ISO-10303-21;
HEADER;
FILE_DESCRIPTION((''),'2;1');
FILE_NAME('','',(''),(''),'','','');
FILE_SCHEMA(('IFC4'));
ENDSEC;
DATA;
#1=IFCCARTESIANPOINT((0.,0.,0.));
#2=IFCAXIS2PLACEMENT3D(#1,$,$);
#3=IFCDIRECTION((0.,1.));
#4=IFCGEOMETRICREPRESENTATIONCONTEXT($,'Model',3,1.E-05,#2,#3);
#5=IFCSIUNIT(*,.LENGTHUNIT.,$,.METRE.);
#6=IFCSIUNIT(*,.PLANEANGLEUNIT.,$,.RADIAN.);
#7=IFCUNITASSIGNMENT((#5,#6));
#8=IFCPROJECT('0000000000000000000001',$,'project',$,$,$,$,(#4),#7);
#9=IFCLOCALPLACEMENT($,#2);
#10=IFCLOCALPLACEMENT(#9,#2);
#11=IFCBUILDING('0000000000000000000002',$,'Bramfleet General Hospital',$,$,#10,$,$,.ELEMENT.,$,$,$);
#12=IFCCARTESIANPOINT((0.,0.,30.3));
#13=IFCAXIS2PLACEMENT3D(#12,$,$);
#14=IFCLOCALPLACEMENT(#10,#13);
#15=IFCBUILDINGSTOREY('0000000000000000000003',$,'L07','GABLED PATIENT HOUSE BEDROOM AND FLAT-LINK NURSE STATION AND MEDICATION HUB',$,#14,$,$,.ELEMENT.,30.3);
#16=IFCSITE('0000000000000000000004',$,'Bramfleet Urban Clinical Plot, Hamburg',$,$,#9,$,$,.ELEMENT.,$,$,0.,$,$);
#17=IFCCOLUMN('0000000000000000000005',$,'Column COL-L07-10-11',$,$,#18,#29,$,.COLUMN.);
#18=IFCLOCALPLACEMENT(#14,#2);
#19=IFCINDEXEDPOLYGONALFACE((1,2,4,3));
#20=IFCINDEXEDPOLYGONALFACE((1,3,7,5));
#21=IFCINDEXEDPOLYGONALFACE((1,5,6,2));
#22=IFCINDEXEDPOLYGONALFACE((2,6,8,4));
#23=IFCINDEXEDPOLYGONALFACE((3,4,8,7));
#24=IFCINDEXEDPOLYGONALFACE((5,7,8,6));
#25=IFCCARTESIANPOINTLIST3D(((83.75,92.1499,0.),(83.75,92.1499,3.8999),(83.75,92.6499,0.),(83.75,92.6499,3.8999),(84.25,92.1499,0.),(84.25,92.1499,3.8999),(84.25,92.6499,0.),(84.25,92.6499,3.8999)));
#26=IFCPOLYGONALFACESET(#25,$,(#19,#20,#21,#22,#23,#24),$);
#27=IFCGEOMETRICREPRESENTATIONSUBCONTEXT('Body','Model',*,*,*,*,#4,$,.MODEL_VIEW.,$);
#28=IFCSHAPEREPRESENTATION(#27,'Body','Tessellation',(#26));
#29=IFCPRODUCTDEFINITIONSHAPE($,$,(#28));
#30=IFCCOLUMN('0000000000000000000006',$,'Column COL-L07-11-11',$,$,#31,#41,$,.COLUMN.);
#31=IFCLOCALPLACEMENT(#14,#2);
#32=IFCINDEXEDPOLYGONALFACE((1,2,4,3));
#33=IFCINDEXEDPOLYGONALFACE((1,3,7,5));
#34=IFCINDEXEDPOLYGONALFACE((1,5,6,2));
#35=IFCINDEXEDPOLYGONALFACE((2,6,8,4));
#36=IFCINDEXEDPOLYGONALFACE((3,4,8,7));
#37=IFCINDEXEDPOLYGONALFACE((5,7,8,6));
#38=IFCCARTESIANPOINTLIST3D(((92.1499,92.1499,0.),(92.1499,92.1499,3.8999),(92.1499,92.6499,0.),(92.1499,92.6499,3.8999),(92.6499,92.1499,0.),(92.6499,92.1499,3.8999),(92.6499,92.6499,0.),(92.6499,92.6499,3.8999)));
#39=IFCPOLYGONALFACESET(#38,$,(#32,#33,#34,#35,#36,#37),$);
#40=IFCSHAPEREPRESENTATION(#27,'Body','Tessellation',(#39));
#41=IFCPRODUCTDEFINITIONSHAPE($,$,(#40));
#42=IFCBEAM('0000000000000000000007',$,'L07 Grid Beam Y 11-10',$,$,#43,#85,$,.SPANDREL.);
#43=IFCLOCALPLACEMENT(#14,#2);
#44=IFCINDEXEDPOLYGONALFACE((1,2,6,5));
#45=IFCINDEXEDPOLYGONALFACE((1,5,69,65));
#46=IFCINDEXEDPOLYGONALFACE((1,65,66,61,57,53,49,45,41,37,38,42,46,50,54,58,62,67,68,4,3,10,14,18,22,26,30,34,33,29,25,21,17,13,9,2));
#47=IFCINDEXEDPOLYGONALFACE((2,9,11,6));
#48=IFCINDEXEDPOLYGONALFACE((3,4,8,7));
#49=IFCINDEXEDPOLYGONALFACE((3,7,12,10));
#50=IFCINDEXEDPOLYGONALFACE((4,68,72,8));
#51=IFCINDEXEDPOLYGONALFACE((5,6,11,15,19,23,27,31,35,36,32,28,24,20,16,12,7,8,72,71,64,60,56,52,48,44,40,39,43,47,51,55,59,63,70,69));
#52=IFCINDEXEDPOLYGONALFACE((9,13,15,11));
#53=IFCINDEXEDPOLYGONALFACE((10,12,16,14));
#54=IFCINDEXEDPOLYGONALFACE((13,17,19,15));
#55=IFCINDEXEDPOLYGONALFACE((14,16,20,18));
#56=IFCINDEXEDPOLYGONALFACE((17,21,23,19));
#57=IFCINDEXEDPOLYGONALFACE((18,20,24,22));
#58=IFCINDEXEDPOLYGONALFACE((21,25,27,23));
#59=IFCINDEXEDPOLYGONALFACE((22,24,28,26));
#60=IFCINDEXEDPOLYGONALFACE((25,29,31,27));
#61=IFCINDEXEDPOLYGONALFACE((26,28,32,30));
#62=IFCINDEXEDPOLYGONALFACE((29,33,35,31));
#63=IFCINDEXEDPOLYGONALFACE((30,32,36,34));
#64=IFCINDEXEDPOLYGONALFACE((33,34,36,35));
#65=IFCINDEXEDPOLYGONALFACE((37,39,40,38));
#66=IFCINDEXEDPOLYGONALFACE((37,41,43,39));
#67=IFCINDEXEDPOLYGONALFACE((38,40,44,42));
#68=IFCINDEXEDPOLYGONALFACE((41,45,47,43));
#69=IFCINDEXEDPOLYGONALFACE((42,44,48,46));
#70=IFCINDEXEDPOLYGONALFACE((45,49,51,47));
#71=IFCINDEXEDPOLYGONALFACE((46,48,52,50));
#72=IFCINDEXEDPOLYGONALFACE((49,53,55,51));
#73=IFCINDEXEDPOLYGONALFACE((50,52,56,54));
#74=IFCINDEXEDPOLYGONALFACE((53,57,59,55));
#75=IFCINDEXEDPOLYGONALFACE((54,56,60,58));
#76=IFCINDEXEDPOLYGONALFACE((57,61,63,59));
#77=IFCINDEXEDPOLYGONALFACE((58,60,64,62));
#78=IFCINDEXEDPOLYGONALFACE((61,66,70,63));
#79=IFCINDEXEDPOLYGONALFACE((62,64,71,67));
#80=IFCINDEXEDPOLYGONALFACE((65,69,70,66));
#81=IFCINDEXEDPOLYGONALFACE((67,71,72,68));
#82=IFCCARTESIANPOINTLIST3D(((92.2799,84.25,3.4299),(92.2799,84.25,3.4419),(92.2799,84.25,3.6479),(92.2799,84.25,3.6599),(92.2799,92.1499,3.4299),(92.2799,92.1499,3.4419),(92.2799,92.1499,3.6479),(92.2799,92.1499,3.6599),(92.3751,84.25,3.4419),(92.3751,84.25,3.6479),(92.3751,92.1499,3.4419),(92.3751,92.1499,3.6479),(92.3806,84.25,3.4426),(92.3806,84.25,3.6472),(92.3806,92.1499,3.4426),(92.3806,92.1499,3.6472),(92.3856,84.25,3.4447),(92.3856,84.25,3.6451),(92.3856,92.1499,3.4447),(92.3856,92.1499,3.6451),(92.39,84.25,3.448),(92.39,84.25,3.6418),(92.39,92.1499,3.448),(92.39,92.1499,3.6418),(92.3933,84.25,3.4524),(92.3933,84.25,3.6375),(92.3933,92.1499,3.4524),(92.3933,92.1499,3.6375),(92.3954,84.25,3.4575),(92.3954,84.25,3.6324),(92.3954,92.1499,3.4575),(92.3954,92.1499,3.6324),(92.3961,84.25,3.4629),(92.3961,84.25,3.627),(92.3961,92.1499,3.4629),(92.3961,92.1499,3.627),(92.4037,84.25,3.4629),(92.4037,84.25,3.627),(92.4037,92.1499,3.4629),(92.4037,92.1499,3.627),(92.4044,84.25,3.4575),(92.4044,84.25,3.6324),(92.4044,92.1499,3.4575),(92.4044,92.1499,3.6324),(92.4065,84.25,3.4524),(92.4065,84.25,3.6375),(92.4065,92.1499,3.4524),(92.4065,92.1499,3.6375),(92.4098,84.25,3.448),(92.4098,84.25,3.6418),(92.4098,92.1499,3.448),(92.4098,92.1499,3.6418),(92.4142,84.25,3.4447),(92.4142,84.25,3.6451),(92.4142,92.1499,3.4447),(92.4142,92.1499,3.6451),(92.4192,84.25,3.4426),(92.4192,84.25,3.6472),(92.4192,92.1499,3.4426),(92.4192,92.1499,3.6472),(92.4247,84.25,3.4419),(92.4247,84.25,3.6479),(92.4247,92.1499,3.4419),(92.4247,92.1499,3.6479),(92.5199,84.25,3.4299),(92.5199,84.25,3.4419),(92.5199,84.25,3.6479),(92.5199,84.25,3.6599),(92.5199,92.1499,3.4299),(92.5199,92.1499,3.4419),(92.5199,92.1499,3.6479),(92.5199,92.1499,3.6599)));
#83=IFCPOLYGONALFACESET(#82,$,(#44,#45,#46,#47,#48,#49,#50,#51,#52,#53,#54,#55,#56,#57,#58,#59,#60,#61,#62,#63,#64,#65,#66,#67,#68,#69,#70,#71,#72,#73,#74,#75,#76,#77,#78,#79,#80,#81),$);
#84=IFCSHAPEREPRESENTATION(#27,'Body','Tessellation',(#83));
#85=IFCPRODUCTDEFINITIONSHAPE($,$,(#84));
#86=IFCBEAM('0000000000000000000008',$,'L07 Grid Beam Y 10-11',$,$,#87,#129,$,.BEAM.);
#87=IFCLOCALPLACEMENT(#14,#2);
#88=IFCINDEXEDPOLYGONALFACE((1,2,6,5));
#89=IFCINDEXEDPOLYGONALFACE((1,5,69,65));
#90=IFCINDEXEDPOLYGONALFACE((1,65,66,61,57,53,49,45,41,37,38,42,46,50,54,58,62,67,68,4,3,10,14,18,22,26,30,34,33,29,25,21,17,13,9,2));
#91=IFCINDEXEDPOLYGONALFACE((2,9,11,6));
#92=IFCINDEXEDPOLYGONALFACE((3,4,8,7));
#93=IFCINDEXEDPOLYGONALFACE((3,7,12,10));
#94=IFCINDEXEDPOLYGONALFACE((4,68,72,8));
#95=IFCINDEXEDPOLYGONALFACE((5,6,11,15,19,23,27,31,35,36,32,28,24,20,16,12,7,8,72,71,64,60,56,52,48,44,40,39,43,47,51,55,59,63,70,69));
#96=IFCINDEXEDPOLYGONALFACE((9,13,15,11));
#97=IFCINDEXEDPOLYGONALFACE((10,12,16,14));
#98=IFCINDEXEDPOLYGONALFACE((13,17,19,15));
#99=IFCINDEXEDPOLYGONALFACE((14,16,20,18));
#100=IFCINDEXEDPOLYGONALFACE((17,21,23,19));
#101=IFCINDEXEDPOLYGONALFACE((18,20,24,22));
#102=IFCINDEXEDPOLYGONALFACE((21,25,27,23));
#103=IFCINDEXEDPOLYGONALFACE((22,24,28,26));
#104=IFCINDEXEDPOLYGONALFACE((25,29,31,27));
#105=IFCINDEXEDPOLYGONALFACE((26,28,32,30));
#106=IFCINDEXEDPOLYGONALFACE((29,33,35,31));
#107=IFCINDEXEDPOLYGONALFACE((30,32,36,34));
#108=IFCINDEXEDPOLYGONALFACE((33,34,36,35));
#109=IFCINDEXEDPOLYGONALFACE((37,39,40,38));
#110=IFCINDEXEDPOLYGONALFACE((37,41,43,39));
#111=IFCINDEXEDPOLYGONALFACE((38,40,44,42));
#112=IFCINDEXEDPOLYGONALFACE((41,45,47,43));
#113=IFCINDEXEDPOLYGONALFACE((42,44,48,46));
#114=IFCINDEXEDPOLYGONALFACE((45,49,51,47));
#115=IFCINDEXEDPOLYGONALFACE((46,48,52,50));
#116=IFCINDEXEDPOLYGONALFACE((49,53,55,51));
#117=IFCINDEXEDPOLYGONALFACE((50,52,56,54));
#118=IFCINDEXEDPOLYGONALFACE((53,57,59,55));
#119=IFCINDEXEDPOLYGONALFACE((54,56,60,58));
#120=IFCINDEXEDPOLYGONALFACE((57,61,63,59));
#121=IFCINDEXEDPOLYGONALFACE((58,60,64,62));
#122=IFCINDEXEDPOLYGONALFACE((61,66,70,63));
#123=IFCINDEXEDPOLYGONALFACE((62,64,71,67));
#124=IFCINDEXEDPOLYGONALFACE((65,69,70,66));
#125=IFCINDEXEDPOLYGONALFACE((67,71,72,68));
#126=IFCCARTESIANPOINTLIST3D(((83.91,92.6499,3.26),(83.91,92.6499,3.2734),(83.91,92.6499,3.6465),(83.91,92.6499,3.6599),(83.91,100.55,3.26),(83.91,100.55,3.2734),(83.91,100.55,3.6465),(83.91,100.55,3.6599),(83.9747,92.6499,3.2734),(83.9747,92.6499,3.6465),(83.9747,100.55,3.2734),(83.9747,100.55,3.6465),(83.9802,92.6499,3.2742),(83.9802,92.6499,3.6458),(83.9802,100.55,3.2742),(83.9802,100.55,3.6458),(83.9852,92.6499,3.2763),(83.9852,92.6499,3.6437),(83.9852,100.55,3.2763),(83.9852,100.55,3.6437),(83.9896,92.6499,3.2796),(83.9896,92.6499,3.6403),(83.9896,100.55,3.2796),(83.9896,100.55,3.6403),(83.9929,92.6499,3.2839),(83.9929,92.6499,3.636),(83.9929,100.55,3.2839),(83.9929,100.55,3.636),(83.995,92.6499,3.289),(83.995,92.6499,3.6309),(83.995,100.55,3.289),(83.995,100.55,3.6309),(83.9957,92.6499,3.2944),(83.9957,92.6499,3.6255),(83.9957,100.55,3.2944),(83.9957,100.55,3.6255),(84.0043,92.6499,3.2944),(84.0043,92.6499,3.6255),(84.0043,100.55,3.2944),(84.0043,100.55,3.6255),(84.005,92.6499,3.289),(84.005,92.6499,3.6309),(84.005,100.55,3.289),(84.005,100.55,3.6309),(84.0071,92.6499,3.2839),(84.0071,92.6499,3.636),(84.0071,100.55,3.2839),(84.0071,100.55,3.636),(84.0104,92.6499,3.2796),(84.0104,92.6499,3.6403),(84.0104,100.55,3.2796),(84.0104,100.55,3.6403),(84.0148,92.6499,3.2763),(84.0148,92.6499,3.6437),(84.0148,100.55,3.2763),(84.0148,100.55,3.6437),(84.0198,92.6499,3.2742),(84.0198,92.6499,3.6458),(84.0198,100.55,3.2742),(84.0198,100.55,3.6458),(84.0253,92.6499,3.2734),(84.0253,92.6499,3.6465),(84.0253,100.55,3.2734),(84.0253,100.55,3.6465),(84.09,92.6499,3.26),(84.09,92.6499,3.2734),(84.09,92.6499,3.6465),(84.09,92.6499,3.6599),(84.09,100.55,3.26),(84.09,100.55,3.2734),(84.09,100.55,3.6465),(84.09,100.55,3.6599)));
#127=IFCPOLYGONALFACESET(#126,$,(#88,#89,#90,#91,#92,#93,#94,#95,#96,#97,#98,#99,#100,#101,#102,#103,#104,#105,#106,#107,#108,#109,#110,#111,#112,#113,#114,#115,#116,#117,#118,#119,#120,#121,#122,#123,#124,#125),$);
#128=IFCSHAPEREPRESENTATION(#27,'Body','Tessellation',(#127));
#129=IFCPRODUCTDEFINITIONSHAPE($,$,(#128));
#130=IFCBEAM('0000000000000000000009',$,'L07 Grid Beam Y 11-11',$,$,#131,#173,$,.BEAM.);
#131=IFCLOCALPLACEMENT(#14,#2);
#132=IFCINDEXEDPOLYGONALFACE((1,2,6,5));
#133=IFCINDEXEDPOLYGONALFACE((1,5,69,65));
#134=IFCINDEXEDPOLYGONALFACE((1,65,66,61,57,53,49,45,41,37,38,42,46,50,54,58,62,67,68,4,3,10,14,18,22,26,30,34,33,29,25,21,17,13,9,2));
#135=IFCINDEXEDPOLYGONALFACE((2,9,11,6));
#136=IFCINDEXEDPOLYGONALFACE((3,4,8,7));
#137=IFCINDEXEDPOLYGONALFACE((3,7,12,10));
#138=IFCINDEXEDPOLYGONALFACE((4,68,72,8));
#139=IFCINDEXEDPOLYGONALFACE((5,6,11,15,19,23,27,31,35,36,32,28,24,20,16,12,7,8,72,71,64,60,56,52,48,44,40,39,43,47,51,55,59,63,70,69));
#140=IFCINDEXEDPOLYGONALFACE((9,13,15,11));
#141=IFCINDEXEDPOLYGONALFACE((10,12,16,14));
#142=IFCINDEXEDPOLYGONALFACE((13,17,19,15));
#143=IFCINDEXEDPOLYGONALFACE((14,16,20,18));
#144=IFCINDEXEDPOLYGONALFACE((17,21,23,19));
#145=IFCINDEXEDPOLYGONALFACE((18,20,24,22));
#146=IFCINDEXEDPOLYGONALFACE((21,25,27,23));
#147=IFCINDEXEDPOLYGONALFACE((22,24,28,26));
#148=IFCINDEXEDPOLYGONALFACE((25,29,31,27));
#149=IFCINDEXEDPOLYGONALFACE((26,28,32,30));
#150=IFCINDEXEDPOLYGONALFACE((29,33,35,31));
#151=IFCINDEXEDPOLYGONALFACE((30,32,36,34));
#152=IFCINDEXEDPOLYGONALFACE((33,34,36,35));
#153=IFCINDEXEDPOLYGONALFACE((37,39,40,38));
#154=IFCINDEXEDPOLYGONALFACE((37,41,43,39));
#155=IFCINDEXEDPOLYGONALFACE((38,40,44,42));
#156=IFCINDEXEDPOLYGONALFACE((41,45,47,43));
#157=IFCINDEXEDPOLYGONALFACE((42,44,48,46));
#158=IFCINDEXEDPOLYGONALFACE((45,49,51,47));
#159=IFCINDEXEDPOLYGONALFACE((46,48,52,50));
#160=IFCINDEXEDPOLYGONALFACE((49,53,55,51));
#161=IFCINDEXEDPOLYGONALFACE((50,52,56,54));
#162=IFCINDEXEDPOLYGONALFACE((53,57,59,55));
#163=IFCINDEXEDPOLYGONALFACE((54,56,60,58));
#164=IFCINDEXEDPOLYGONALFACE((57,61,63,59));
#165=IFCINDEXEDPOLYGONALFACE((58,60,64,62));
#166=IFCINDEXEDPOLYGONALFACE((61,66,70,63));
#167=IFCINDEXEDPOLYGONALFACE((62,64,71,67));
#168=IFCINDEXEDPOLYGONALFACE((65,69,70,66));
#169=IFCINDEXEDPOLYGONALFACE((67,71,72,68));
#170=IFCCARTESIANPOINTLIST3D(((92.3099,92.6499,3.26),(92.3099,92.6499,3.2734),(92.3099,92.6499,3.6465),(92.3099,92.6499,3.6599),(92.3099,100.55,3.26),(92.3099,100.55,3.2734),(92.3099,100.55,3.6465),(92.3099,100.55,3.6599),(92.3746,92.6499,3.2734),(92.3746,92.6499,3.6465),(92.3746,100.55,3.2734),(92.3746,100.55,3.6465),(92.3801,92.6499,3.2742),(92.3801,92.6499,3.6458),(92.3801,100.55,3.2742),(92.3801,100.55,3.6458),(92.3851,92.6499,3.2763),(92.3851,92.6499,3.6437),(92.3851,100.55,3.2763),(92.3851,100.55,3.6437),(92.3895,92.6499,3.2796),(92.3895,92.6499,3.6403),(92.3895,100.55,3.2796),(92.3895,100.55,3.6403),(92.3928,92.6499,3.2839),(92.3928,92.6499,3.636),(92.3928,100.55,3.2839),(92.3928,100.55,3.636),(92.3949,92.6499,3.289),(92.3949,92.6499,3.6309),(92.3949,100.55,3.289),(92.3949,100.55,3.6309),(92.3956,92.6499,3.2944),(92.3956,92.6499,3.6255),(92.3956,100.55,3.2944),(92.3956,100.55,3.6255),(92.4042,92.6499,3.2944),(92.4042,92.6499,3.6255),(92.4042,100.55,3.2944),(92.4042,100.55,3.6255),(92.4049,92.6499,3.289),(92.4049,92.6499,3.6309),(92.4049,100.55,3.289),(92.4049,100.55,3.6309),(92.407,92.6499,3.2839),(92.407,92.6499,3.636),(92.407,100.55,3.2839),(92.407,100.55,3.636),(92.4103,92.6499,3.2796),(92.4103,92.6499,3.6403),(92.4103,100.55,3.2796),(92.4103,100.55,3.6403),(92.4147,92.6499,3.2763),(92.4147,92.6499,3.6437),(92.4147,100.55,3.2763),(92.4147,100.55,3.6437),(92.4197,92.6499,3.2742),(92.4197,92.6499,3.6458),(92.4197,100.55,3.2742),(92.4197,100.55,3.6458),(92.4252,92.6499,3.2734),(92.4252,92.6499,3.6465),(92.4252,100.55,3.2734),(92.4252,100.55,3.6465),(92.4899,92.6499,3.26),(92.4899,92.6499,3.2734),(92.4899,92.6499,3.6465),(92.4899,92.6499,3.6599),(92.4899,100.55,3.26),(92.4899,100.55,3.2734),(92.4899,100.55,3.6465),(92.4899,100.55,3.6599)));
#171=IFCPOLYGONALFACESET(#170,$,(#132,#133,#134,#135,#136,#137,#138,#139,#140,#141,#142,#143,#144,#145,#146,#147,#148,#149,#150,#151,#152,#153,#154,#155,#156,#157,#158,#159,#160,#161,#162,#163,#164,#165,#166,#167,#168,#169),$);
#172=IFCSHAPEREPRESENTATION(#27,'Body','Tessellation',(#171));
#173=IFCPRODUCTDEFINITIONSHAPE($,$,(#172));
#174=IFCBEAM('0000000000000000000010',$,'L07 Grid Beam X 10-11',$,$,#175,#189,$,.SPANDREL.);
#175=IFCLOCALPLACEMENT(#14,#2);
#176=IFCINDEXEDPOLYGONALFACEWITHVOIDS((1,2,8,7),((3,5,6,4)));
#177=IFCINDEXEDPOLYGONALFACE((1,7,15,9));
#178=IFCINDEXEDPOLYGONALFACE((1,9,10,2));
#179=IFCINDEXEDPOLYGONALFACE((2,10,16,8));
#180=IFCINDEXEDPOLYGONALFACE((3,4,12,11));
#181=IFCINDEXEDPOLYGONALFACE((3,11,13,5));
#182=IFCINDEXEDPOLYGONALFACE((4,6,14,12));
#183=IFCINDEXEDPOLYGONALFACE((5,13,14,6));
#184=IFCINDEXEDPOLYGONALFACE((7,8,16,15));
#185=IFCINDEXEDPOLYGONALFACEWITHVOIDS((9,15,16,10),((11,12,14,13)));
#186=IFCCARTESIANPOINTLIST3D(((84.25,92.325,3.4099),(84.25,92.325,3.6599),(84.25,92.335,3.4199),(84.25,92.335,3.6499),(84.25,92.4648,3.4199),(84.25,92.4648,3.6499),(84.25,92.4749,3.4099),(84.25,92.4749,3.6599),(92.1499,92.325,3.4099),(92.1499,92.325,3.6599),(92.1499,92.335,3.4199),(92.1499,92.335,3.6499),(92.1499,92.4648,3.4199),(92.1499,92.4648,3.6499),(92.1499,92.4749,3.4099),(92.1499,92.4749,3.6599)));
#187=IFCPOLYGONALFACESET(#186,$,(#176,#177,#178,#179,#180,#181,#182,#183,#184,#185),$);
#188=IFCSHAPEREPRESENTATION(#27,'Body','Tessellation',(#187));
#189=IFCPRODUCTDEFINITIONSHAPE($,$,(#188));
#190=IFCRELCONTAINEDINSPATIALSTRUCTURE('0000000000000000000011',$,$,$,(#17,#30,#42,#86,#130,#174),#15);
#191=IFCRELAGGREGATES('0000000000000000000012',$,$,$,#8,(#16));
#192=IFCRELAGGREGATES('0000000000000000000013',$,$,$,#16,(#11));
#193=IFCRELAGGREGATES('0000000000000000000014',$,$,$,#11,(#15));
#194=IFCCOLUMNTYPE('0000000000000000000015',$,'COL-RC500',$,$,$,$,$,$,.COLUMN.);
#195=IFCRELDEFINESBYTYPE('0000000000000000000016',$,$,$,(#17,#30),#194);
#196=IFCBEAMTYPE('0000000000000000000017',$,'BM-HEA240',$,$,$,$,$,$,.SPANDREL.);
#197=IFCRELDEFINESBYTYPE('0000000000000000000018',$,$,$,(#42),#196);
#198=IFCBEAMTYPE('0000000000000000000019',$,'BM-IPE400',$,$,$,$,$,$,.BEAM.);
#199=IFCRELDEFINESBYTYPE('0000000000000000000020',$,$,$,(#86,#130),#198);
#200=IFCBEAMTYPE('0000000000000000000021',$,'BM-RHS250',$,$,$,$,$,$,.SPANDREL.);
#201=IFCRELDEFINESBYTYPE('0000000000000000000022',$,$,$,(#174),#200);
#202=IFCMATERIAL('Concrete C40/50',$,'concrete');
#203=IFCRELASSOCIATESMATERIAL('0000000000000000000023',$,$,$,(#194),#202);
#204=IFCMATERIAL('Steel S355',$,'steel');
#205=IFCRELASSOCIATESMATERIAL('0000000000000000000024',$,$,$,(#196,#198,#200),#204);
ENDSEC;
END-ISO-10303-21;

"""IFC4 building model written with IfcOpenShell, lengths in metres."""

from ifc_helpers import new_model, si_unit, direction, frame, origin, origin_2d, place, context, subcontext, project, spatial, rectangle, hollow_rectangle, i_section, extrude, material, material_profile, profile_set, type_object, element, save


model = new_model("IFC4")

# Units and contexts
model_context = context("Model", 3, precision=1e-05, world=origin(), true_north=direction((0.0, 1.0)))
body_context = subcontext(model_context, "Body", "Model", "MODEL_VIEW")
ifc_project = project(units=[si_unit("LENGTHUNIT", "METRE"), si_unit("PLANEANGLEUNIT", "RADIAN")], contexts=[model_context])

# Site, building, storey
site_placement = place(None, origin())
site = spatial("IfcSite", under=ifc_project, at=site_placement, Name="Bramfleet Urban Clinical Plot, Hamburg", CompositionType="ELEMENT", RefElevation=0.0)
building_placement = place(site_placement, origin())
building = spatial("IfcBuilding", under=site, at=building_placement, Name="Bramfleet General Hospital", CompositionType="ELEMENT")
storey_placement = place(building_placement, frame((0.0, 0.0, 30.3)))
storey = spatial("IfcBuildingStorey", under=building, at=storey_placement, Name="L07", Description="GABLED PATIENT HOUSE BEDROOM AND FLAT-LINK NURSE STATION AND MEDICATION HUB", CompositionType="ELEMENT", Elevation=30.3)

# Columns
ifc_material_1 = material(Name="Concrete C40/50", Category="concrete")
ifc_material_profile_1 = material_profile(ifc_material_1, rectangle(XDim=0.5, YDim=0.5, at=origin_2d()), Name="RC COL 500x500")
ifc_profile_set_1 = profile_set([ifc_material_profile_1], Name="Concrete C40/50")
column_type = type_object("IfcColumnType", Name="COL-RC500", PredefinedType="COLUMN", material=ifc_profile_set_1)
for number, where, z_axis, x_axis, name in (
    (1, (84.0, 92.3999, 0.0), (0.0, 0.0, 1.0), (1.0, 0.0, 0.0), "Column COL-L07-10-11"),
    (2, (92.3999, 92.3999, 0.0), (0.0, 0.0, 1.0), (1.0, 0.0, 0.0), "Column COL-L07-11-11"),
):
    element("IfcColumn", number, at=place(storey_placement, frame(where, z_axis=z_axis, x_axis=x_axis)), inside=storey, type_object=column_type, Name=name, PredefinedType="COLUMN", context=body_context, shape_type="SweptSolid", body=[
        extrude(rectangle(XDim=0.5, YDim=0.5, at=origin_2d()), origin(), (0.0, 0.0, 1.0), 3.8999),
    ])

# Beams
ifc_material_2 = material(Name="Steel S355", Category="steel")
ifc_material_profile_2 = material_profile(ifc_material_2, i_section(OverallWidth=0.24, OverallDepth=0.23, WebThickness=0.0076, FlangeThickness=0.012, FilletRadius=0.021, at=origin_2d()), Name="HEA 240")
ifc_profile_set_2 = profile_set([ifc_material_profile_2], Name="Steel S355")
beam_type_1 = type_object("IfcBeamType", Name="BM-HEA240", PredefinedType="SPANDREL", material=ifc_profile_set_2)
beam_1_placement = place(storey_placement, frame((92.3999, 84.25, 3.5449), z_axis=(0.0, 1.0, 0.0), x_axis=(-1.0, 0.0, 0.0)))
element("IfcBeam", 3, at=beam_1_placement, inside=storey, type_object=beam_type_1, Name="L07 Grid Beam Y 11-10", PredefinedType="SPANDREL", context=body_context, shape_type="SweptSolid", body=[
    extrude(i_section(OverallWidth=0.24, OverallDepth=0.23, WebThickness=0.0076, FlangeThickness=0.012, FilletRadius=0.021, at=origin_2d()), origin(), (0.0, 0.0, 1.0), 7.8999),
])
ifc_material_profile_3 = material_profile(ifc_material_2, i_section(OverallWidth=0.1799, OverallDepth=0.3999, WebThickness=0.0085, FlangeThickness=0.0134, FilletRadius=0.021, at=origin_2d()), Name="IPE 400")
ifc_profile_set_3 = profile_set([ifc_material_profile_3], Name="Steel S355")
beam_type_2 = type_object("IfcBeamType", Name="BM-IPE400", PredefinedType="BEAM", material=ifc_profile_set_3)
for number, where, z_axis, x_axis, name in (
    (4, (84.0, 92.6499, 3.46), (0.0, 1.0, 0.0), (-1.0, 0.0, 0.0), "L07 Grid Beam Y 10-11"),
    (5, (92.3999, 92.6499, 3.46), (0.0, 1.0, 0.0), (-1.0, 0.0, 0.0), "L07 Grid Beam Y 11-11"),
):
    element("IfcBeam", number, at=place(storey_placement, frame(where, z_axis=z_axis, x_axis=x_axis)), inside=storey, type_object=beam_type_2, Name=name, PredefinedType="BEAM", context=body_context, shape_type="SweptSolid", body=[
        extrude(i_section(OverallWidth=0.1799, OverallDepth=0.3999, WebThickness=0.0085, FlangeThickness=0.0134, FilletRadius=0.021, at=origin_2d()), origin(), (0.0, 0.0, 1.0), 7.9001),
    ])
ifc_material_profile_4 = material_profile(ifc_material_2, hollow_rectangle(XDim=0.1499, YDim=0.25, WallThickness=0.01, at=origin_2d()), Name="RHS 250x150x10.0")
ifc_profile_set_4 = profile_set([ifc_material_profile_4], Name="Steel S355")
beam_type_3 = type_object("IfcBeamType", Name="BM-RHS250", PredefinedType="SPANDREL", material=ifc_profile_set_4)
beam_2_placement = place(storey_placement, frame((84.25, 92.3999, 3.5349), z_axis=(1.0, 0.0, 0.0), x_axis=(0.0, 1.0, 0.0)))
element("IfcBeam", 6, at=beam_2_placement, inside=storey, type_object=beam_type_3, Name="L07 Grid Beam X 10-11", PredefinedType="SPANDREL", context=body_context, shape_type="SweptSolid", body=[
    extrude(hollow_rectangle(XDim=0.1499, YDim=0.25, WallThickness=0.01, at=origin_2d()), origin(), (0.0, 0.0, 1.0), 7.8999),
])

save(model, "model.ifc")
